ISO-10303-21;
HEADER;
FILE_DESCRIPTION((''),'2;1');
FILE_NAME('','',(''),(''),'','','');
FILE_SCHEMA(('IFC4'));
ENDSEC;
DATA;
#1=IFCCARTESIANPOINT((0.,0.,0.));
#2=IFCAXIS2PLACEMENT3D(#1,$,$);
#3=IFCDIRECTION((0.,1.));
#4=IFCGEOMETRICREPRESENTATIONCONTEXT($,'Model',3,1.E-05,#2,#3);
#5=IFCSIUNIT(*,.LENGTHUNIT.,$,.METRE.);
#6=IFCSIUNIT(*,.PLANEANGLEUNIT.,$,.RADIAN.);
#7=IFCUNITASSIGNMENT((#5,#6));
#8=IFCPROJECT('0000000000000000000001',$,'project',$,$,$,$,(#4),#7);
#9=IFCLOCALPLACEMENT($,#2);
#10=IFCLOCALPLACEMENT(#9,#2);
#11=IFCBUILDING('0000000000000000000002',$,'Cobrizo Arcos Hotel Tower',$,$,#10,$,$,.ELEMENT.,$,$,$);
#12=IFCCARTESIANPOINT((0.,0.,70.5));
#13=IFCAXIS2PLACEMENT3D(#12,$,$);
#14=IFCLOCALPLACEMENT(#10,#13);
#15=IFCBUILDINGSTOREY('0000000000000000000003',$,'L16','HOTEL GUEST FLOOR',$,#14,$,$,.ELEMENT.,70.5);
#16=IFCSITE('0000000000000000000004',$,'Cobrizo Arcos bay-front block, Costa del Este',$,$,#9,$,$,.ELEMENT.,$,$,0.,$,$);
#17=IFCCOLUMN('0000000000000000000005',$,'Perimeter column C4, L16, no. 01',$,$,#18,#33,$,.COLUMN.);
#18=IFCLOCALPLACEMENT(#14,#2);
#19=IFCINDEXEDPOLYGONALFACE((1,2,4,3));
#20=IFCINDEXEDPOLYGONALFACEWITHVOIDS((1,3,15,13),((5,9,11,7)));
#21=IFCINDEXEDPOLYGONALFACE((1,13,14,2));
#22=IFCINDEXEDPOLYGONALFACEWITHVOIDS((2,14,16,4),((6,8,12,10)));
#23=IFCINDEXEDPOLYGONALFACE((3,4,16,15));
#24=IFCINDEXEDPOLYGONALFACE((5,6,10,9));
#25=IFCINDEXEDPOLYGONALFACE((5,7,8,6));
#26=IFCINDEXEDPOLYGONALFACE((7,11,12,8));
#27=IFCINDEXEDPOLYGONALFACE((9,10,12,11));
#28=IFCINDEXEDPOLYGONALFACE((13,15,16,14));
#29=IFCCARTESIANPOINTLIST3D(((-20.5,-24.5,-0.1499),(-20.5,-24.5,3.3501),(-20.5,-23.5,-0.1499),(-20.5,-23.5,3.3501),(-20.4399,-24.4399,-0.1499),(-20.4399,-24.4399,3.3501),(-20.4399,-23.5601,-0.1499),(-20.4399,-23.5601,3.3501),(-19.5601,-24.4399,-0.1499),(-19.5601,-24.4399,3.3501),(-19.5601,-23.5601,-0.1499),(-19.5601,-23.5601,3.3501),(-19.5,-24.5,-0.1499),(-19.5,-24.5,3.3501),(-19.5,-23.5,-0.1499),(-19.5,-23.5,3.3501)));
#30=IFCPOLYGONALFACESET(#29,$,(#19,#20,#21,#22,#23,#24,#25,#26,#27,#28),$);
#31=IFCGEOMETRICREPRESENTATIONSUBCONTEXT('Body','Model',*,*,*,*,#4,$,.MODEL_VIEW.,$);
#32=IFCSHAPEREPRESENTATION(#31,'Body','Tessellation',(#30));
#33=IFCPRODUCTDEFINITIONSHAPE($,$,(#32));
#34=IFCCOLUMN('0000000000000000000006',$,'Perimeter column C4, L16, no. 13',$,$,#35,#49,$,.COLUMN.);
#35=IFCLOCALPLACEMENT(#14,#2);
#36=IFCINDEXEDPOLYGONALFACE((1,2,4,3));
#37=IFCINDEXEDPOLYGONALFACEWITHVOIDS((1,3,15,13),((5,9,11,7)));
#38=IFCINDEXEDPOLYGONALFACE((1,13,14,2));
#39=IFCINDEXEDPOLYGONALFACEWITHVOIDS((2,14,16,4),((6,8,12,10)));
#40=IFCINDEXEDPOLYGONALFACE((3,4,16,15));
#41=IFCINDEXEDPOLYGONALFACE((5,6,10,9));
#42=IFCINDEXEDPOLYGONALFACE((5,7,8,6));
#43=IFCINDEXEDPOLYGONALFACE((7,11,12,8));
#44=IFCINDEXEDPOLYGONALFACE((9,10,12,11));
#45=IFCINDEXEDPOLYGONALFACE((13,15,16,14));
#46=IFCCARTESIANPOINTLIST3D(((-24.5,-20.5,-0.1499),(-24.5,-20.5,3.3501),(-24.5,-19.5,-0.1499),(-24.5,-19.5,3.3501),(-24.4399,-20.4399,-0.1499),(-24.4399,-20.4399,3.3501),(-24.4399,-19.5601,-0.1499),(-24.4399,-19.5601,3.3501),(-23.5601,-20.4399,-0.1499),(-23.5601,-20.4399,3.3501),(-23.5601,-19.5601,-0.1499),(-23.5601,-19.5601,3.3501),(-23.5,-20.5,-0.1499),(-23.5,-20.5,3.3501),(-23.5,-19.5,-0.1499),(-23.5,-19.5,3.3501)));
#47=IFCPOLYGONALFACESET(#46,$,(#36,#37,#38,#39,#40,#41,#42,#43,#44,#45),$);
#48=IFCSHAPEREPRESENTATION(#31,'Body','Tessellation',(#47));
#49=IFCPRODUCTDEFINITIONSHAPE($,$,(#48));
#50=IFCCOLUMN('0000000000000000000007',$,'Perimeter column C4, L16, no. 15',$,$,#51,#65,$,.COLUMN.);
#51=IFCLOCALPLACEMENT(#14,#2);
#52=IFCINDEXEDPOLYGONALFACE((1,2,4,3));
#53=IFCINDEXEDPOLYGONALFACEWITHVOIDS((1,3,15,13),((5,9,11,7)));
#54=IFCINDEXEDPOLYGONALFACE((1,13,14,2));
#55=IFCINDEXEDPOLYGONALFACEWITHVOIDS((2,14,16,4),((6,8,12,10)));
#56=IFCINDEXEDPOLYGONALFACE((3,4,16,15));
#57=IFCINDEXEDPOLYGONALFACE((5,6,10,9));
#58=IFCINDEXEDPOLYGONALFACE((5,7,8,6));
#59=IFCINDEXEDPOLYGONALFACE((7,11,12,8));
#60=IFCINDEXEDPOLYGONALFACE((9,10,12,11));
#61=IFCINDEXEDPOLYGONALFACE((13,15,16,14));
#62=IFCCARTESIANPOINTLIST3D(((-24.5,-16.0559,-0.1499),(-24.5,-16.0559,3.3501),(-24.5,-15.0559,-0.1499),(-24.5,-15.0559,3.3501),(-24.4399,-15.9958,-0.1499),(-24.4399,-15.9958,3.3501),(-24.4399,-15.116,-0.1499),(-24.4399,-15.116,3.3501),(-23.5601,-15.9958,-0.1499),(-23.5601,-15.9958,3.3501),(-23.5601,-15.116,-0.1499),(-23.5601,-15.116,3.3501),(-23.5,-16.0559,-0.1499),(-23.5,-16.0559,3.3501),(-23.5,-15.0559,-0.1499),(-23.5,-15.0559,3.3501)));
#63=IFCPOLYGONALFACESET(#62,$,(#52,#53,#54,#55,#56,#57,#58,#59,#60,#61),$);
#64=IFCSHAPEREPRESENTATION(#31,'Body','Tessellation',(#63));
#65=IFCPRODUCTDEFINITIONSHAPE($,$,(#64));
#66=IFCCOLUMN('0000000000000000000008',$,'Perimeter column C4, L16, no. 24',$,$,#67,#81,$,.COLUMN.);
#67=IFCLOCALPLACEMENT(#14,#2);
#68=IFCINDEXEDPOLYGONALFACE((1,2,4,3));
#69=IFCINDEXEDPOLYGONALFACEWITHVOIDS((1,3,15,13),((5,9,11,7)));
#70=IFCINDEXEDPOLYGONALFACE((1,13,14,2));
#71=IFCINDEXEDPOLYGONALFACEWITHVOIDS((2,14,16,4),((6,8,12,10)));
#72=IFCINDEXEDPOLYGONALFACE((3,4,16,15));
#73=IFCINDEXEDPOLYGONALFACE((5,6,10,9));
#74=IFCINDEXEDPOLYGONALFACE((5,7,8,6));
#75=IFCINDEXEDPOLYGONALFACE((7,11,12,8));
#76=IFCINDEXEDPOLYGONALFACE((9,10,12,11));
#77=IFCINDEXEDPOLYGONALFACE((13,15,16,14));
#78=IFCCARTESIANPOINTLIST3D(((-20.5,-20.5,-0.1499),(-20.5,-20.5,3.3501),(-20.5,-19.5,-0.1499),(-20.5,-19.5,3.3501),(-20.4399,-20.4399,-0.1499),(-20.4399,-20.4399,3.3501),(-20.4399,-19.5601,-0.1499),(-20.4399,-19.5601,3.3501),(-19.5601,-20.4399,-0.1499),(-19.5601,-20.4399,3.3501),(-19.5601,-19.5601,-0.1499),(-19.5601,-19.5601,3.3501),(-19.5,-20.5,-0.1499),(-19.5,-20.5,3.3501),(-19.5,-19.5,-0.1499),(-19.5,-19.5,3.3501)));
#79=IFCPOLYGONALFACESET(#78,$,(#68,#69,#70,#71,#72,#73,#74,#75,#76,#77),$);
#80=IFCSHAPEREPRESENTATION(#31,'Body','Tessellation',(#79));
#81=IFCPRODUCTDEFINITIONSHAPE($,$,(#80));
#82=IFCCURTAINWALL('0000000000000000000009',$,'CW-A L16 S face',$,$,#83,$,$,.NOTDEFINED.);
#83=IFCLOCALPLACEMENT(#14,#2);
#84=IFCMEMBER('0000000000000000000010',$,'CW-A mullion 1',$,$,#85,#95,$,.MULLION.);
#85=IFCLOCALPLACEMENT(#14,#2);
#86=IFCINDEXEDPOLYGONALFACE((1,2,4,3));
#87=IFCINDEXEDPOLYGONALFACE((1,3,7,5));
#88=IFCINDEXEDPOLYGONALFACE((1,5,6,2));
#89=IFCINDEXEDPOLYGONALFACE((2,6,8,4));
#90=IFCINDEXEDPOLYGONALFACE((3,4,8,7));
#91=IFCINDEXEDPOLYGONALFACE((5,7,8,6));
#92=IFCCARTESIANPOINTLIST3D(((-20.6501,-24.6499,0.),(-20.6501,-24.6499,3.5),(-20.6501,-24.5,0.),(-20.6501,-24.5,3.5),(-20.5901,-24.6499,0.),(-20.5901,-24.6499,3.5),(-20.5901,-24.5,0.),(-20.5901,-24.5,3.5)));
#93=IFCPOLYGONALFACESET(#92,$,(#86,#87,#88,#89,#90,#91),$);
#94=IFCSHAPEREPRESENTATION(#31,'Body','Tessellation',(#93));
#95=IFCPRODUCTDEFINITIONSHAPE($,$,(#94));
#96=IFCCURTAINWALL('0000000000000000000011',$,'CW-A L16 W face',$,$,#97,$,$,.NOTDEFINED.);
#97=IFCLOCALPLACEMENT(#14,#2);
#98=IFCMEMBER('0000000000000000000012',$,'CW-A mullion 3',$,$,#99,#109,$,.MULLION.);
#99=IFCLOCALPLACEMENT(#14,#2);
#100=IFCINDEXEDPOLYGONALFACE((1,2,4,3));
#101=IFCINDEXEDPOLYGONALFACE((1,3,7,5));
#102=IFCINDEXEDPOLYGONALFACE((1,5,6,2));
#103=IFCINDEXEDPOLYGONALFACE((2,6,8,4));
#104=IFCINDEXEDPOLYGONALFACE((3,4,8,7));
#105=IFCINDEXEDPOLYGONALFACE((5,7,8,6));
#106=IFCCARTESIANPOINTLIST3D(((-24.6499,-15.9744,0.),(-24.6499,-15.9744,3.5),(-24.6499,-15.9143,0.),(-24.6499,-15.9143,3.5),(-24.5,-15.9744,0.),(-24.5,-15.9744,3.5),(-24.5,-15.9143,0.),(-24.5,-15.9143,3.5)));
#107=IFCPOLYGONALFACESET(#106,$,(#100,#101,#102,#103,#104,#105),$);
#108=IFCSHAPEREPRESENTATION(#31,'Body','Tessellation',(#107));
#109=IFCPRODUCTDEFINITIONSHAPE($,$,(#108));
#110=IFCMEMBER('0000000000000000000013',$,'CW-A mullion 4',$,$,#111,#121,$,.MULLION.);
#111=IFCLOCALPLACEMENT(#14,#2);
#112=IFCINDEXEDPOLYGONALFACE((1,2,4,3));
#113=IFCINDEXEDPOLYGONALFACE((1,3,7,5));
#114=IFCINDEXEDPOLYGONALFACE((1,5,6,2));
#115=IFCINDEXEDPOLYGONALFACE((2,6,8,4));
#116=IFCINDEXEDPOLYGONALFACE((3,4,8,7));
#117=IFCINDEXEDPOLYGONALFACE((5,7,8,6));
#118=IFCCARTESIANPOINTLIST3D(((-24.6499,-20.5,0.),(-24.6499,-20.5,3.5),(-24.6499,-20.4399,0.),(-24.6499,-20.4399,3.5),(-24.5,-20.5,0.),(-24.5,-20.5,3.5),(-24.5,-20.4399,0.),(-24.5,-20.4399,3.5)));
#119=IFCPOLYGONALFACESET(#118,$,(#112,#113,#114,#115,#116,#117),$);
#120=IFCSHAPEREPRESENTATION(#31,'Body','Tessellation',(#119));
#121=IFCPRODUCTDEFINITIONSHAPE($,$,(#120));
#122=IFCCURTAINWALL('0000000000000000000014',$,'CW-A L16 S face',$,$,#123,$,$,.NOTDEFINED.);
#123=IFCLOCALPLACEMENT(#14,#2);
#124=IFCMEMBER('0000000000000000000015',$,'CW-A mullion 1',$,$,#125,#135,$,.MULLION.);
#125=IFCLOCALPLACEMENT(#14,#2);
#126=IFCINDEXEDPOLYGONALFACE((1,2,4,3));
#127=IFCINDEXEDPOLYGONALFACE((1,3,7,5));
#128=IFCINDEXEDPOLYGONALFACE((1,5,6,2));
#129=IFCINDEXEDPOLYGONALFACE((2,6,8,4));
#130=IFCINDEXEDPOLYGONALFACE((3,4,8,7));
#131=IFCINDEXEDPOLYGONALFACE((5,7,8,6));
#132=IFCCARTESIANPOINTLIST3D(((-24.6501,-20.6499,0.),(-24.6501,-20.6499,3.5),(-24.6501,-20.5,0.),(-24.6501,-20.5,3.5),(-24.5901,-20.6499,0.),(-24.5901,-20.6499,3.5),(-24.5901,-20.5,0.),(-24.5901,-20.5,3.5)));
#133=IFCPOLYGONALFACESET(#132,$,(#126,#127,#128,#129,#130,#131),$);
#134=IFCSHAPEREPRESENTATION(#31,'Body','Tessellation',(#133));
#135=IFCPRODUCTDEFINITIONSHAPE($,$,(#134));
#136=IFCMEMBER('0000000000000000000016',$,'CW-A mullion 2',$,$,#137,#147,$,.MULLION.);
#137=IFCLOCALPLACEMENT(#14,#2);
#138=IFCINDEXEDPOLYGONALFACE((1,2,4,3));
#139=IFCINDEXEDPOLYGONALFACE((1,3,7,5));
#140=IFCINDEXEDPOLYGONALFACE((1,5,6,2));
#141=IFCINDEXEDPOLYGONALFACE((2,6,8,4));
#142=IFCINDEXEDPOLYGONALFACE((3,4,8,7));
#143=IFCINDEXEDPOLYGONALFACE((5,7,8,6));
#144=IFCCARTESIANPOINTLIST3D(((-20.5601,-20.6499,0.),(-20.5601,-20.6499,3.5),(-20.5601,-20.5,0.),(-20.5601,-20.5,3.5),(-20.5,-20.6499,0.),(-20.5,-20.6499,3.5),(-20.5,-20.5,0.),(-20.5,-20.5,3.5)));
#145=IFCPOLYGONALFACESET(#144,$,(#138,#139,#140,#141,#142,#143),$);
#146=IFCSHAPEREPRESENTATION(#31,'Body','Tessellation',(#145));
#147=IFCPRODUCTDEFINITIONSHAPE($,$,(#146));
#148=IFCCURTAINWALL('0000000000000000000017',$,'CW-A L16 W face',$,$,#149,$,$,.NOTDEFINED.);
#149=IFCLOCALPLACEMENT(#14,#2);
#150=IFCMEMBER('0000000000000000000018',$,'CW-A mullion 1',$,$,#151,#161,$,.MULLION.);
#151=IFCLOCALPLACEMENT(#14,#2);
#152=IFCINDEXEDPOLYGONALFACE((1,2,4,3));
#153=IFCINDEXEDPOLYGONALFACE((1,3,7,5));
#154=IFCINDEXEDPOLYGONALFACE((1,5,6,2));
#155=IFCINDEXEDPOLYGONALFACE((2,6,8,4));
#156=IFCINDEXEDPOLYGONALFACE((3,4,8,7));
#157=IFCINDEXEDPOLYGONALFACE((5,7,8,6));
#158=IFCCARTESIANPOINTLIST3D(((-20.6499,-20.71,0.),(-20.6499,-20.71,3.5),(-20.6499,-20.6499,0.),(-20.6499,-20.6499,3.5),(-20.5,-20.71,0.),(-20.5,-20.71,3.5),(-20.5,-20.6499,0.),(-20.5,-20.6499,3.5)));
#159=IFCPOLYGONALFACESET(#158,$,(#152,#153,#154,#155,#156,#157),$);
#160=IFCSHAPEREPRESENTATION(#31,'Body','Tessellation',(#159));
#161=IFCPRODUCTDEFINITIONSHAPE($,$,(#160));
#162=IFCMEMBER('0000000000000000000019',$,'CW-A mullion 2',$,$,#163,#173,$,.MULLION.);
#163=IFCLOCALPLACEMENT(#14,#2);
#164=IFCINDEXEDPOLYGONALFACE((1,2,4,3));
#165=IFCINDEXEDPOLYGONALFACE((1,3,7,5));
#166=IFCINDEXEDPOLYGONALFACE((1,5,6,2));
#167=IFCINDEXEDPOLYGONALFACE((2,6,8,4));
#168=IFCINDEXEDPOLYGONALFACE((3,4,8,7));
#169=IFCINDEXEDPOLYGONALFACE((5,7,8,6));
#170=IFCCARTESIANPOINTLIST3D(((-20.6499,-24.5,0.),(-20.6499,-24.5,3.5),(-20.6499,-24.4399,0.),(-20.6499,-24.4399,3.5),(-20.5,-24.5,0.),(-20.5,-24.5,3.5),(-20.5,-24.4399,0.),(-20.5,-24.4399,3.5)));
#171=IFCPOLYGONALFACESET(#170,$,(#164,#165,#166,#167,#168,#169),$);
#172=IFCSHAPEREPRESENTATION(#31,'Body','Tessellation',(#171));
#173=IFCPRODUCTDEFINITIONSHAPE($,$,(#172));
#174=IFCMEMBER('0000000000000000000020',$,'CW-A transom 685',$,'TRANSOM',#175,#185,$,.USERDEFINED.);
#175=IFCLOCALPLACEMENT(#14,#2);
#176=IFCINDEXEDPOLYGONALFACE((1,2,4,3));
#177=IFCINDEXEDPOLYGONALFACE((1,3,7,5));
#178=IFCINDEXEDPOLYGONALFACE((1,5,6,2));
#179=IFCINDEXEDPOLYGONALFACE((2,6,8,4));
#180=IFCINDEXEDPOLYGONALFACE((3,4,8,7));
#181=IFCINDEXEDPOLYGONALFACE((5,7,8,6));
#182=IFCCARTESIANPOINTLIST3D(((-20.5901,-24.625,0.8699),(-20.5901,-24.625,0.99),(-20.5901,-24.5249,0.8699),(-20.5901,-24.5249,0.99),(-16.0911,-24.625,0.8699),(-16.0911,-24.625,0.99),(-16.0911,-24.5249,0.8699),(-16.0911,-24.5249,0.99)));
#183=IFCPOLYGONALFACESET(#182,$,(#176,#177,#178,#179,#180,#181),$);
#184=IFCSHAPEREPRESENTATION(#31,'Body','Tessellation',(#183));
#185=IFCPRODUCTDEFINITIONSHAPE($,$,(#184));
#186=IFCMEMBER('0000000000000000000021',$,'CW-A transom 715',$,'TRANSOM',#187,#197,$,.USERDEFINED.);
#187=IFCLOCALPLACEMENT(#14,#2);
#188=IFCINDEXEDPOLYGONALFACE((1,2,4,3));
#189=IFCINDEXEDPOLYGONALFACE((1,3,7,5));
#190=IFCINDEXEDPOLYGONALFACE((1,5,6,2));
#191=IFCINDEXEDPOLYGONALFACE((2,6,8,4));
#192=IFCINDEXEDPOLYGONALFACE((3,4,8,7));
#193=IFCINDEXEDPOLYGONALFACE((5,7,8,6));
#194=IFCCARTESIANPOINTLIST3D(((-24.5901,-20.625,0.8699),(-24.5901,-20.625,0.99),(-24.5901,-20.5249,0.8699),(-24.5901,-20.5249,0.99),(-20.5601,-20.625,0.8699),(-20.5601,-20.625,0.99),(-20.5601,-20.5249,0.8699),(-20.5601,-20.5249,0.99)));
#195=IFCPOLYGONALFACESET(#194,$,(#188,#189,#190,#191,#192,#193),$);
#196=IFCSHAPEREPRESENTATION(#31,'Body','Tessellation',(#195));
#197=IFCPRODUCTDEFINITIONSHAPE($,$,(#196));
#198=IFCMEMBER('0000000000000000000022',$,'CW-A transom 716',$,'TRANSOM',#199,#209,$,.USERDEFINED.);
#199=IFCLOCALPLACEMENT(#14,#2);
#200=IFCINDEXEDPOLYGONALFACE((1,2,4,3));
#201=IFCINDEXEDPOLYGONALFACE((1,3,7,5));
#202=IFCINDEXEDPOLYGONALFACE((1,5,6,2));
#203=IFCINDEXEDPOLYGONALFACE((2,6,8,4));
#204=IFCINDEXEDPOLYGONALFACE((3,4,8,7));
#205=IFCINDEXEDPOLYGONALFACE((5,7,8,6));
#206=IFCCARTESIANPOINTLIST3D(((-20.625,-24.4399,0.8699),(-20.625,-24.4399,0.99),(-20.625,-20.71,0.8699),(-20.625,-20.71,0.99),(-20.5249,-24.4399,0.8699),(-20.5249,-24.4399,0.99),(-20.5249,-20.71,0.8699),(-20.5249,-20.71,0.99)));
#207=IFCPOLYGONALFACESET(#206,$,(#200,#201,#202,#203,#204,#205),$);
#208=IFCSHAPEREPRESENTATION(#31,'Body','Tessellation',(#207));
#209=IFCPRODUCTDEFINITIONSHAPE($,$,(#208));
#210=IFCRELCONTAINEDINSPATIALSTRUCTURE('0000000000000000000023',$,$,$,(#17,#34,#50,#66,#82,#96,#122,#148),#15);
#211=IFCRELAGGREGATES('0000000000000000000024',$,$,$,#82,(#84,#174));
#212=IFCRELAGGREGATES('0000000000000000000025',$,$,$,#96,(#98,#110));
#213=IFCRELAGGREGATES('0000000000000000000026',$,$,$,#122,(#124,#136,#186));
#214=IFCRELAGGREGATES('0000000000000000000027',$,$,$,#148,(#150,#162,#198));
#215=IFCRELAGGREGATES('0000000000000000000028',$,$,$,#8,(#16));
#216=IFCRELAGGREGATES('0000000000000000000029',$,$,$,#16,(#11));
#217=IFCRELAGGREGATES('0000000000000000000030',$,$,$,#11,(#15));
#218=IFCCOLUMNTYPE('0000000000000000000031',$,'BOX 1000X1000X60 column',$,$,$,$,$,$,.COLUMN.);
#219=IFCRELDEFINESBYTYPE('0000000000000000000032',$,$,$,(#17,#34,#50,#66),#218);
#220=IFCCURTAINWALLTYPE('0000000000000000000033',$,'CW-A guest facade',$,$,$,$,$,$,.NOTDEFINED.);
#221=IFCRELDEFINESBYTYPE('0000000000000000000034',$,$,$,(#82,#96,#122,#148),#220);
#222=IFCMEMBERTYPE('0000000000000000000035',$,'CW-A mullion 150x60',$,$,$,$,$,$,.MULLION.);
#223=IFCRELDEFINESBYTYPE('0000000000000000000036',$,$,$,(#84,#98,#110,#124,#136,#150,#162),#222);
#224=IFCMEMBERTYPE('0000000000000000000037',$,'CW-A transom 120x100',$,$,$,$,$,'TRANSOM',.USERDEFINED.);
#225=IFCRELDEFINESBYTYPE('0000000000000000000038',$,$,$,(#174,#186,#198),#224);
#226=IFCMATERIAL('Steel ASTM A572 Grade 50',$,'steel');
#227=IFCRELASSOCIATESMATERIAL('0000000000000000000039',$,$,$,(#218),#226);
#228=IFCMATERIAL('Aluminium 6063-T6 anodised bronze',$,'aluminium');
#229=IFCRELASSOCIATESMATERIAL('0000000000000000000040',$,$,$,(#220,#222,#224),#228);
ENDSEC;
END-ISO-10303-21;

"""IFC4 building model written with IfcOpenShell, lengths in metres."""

from ifc_helpers import new_model, si_unit, direction, frame, origin, origin_2d, place, context, subcontext, project, spatial, rectangle, hollow_rectangle, extrude, material, material_profile, profile_set, type_object, element, aggregate, save


model = new_model("IFC4")

# Units and contexts
model_context = context("Model", 3, precision=1e-05, world=origin(), true_north=direction((0.0, 1.0)))
body_context = subcontext(model_context, "Body", "Model", "MODEL_VIEW")
ifc_project = project(units=[si_unit("LENGTHUNIT", "METRE"), si_unit("PLANEANGLEUNIT", "RADIAN")], contexts=[model_context])

# Site, building, storey
site_placement = place(None, origin())
site = spatial("IfcSite", under=ifc_project, at=site_placement, Name="Cobrizo Arcos bay-front block, Costa del Este", CompositionType="ELEMENT", RefElevation=0.0)
building_placement = place(site_placement, origin())
building = spatial("IfcBuilding", under=site, at=building_placement, Name="Cobrizo Arcos Hotel Tower", CompositionType="ELEMENT")
storey_placement = place(building_placement, frame((0.0, 0.0, 70.5)))
storey = spatial("IfcBuildingStorey", under=building, at=storey_placement, Name="L16", Description="HOTEL GUEST FLOOR", CompositionType="ELEMENT", Elevation=70.5)

# Columns
ifc_material_1 = material(Name="Steel ASTM A572 Grade 50", Category="steel")
ifc_material_profile_1 = material_profile(ifc_material_1, hollow_rectangle(XDim=1.0, YDim=1.0, WallThickness=0.0601, at=origin_2d()), Name="BOX 1000X1000X60")
ifc_profile_set_1 = profile_set([ifc_material_profile_1], Name="Steel ASTM A572 Grade 50")
column_type = type_object("IfcColumnType", Name="BOX 1000X1000X60 column", PredefinedType="COLUMN", material=ifc_profile_set_1)
for number, where, z_axis, x_axis, name in (
    (1, (-20.0, -24.0, -0.1499), (0.0, 0.0, 1.0), (1.0, 0.0, 0.0), "Perimeter column C4, L16, no. 01"),
    (2, (-24.0, -20.0, -0.1499), (0.0, 0.0, 1.0), (1.0, 0.0, 0.0), "Perimeter column C4, L16, no. 13"),
    (3, (-24.0, -15.5559, -0.1499), (0.0, 0.0, 1.0), (1.0, 0.0, 0.0), "Perimeter column C4, L16, no. 15"),
    (4, (-20.0, -20.0, -0.1499), (0.0, 0.0, 1.0), (1.0, 0.0, 0.0), "Perimeter column C4, L16, no. 24"),
):
    element("IfcColumn", number, at=place(storey_placement, frame(where, z_axis=z_axis, x_axis=x_axis)), inside=storey, type_object=column_type, Name=name, PredefinedType="COLUMN", context=body_context, shape_type="SweptSolid", body=[
        extrude(hollow_rectangle(XDim=1.0, YDim=1.0, WallThickness=0.0601, at=origin_2d()), origin(), (0.0, 0.0, 1.0), 3.5),
    ])

# Curtain wall, member
ifc_material_2 = material(Name="Aluminium 6063-T6 anodised bronze", Category="aluminium")
curtain_wall_type = type_object("IfcCurtainWallType", Name="CW-A guest facade", PredefinedType="NOTDEFINED", material=ifc_material_2)
curtain_wall_1_placement = place(storey_placement, origin())
curtain_wall_1 = element("IfcCurtainWall", 5, at=curtain_wall_1_placement, inside=storey, type_object=curtain_wall_type, Name="CW-A L16 S face", PredefinedType="NOTDEFINED")
ifc_material_profile_2 = material_profile(ifc_material_2, rectangle(XDim=0.1499, YDim=0.0601, at=origin_2d()), Name="CW-A mullion 150x60")
ifc_profile_set_2 = profile_set([ifc_material_profile_2], Name="Aluminium 6063-T6 anodised bronze")
member_type_1 = type_object("IfcMemberType", Name="CW-A mullion 150x60", PredefinedType="MULLION", material=ifc_profile_set_2)
member_1_placement = place(storey_placement, frame((-20.6201, -24.575, 0.0), z_axis=(0.0, 0.0, 1.0), x_axis=(0.0, -1.0, 0.0)))
member_1 = element("IfcMember", 6, at=member_1_placement, type_object=member_type_1, Name="CW-A mullion 1", PredefinedType="MULLION", context=body_context, shape_type="SweptSolid", body=[
    extrude(rectangle(XDim=0.1499, YDim=0.0601, at=origin_2d()), origin(), (0.0, 0.0, 1.0), 3.5),
])

# Curtain walls, members
curtain_wall_2_placement = place(storey_placement, origin())
curtain_wall_2 = element("IfcCurtainWall", 7, at=curtain_wall_2_placement, inside=storey, type_object=curtain_wall_type, Name="CW-A L16 W face", PredefinedType="NOTDEFINED")
member_2_placement = place(storey_placement, frame((-24.575, -15.9443, 0.0), z_axis=(0.0, 0.0, 1.0), x_axis=(-1.0, 0.0, 0.0)))
member_2 = element("IfcMember", 8, at=member_2_placement, type_object=member_type_1, Name="CW-A mullion 3", PredefinedType="MULLION", context=body_context, shape_type="SweptSolid", body=[
    extrude(rectangle(XDim=0.1499, YDim=0.0601, at=origin_2d()), origin(), (0.0, 0.0, 1.0), 3.5),
])
member_3_placement = place(storey_placement, frame((-24.575, -20.47, 0.0), z_axis=(0.0, 0.0, 1.0), x_axis=(-1.0, 0.0, 0.0)))
member_3 = element("IfcMember", 9, at=member_3_placement, type_object=member_type_1, Name="CW-A mullion 4", PredefinedType="MULLION", context=body_context, shape_type="SweptSolid", body=[
    extrude(rectangle(XDim=0.1499, YDim=0.0601, at=origin_2d()), origin(), (0.0, 0.0, 1.0), 3.5),
])
curtain_wall_3_placement = place(storey_placement, origin())
curtain_wall_3 = element("IfcCurtainWall", 10, at=curtain_wall_3_placement, inside=storey, type_object=curtain_wall_type, Name="CW-A L16 S face", PredefinedType="NOTDEFINED")
member_4_placement = place(storey_placement, frame((-24.6201, -20.575, 0.0), z_axis=(0.0, 0.0, 1.0), x_axis=(0.0, -1.0, 0.0)))
member_4 = element("IfcMember", 11, at=member_4_placement, type_object=member_type_1, Name="CW-A mullion 1", PredefinedType="MULLION", context=body_context, shape_type="SweptSolid", body=[
    extrude(rectangle(XDim=0.1499, YDim=0.0601, at=origin_2d()), origin(), (0.0, 0.0, 1.0), 3.5),
])
member_5_placement = place(storey_placement, frame((-20.53, -20.575, 0.0), z_axis=(0.0, 0.0, 1.0), x_axis=(0.0, -1.0, 0.0)))
member_5 = element("IfcMember", 12, at=member_5_placement, type_object=member_type_1, Name="CW-A mullion 2", PredefinedType="MULLION", context=body_context, shape_type="SweptSolid", body=[
    extrude(rectangle(XDim=0.1499, YDim=0.0601, at=origin_2d()), origin(), (0.0, 0.0, 1.0), 3.5),
])
curtain_wall_4_placement = place(storey_placement, origin())
curtain_wall_4 = element("IfcCurtainWall", 13, at=curtain_wall_4_placement, inside=storey, type_object=curtain_wall_type, Name="CW-A L16 W face", PredefinedType="NOTDEFINED")
member_6_placement = place(storey_placement, frame((-20.575, -20.6799, 0.0), z_axis=(0.0, 0.0, 1.0), x_axis=(-1.0, 0.0, 0.0)))
member_6 = element("IfcMember", 14, at=member_6_placement, type_object=member_type_1, Name="CW-A mullion 1", PredefinedType="MULLION", context=body_context, shape_type="SweptSolid", body=[
    extrude(rectangle(XDim=0.1499, YDim=0.0601, at=origin_2d()), origin(), (0.0, 0.0, 1.0), 3.5),
])
member_7_placement = place(storey_placement, frame((-20.575, -24.47, 0.0), z_axis=(0.0, 0.0, 1.0), x_axis=(-1.0, 0.0, 0.0)))
member_7 = element("IfcMember", 15, at=member_7_placement, type_object=member_type_1, Name="CW-A mullion 2", PredefinedType="MULLION", context=body_context, shape_type="SweptSolid", body=[
    extrude(rectangle(XDim=0.1499, YDim=0.0601, at=origin_2d()), origin(), (0.0, 0.0, 1.0), 3.5),
])

# Members
ifc_material_profile_3 = material_profile(ifc_material_2, rectangle(XDim=0.1001, YDim=0.1201, at=origin_2d()), Name="CW-A transom 120x100")
ifc_profile_set_3 = profile_set([ifc_material_profile_3], Name="Aluminium 6063-T6 anodised bronze")
member_type_2 = type_object("IfcMemberType", Name="CW-A transom 120x100", ElementType="TRANSOM", PredefinedType="USERDEFINED", material=ifc_profile_set_3)
member_8_placement = place(storey_placement, frame((-20.5901, -24.575, 0.9299), z_axis=(1.0, 0.0, 0.0), x_axis=(0.0, 1.0, 0.0)))
member_8 = element("IfcMember", 16, at=member_8_placement, type_object=member_type_2, Name="CW-A transom 685", ObjectType="TRANSOM", PredefinedType="USERDEFINED", context=body_context, shape_type="SweptSolid", body=[
    extrude(rectangle(XDim=0.1001, YDim=0.1201, at=origin_2d()), origin(), (0.0, 0.0, 1.0), 4.499),
])
member_9_placement = place(storey_placement, frame((-24.5901, -20.575, 0.9299), z_axis=(1.0, 0.0, 0.0), x_axis=(0.0, 1.0, 0.0)))
member_9 = element("IfcMember", 17, at=member_9_placement, type_object=member_type_2, Name="CW-A transom 715", ObjectType="TRANSOM", PredefinedType="USERDEFINED", context=body_context, shape_type="SweptSolid", body=[
    extrude(rectangle(XDim=0.1001, YDim=0.1201, at=origin_2d()), origin(), (0.0, 0.0, 1.0), 4.03),
])
member_10_placement = place(storey_placement, frame((-20.575, -20.71, 0.9299), z_axis=(0.0, -1.0, 0.0), x_axis=(1.0, 0.0, 0.0)))
member_10 = element("IfcMember", 18, at=member_10_placement, type_object=member_type_2, Name="CW-A transom 716", ObjectType="TRANSOM", PredefinedType="USERDEFINED", context=body_context, shape_type="SweptSolid", body=[
    extrude(rectangle(XDim=0.1001, YDim=0.1201, at=origin_2d()), origin(), (0.0, 0.0, 1.0), 3.73),
])

aggregate(curtain_wall_1, [member_1, member_8])
aggregate(curtain_wall_2, [member_2, member_3])
aggregate(curtain_wall_3, [member_4, member_5, member_9])
aggregate(curtain_wall_4, [member_6, member_7, member_10])

save(model, "model.ifc")
